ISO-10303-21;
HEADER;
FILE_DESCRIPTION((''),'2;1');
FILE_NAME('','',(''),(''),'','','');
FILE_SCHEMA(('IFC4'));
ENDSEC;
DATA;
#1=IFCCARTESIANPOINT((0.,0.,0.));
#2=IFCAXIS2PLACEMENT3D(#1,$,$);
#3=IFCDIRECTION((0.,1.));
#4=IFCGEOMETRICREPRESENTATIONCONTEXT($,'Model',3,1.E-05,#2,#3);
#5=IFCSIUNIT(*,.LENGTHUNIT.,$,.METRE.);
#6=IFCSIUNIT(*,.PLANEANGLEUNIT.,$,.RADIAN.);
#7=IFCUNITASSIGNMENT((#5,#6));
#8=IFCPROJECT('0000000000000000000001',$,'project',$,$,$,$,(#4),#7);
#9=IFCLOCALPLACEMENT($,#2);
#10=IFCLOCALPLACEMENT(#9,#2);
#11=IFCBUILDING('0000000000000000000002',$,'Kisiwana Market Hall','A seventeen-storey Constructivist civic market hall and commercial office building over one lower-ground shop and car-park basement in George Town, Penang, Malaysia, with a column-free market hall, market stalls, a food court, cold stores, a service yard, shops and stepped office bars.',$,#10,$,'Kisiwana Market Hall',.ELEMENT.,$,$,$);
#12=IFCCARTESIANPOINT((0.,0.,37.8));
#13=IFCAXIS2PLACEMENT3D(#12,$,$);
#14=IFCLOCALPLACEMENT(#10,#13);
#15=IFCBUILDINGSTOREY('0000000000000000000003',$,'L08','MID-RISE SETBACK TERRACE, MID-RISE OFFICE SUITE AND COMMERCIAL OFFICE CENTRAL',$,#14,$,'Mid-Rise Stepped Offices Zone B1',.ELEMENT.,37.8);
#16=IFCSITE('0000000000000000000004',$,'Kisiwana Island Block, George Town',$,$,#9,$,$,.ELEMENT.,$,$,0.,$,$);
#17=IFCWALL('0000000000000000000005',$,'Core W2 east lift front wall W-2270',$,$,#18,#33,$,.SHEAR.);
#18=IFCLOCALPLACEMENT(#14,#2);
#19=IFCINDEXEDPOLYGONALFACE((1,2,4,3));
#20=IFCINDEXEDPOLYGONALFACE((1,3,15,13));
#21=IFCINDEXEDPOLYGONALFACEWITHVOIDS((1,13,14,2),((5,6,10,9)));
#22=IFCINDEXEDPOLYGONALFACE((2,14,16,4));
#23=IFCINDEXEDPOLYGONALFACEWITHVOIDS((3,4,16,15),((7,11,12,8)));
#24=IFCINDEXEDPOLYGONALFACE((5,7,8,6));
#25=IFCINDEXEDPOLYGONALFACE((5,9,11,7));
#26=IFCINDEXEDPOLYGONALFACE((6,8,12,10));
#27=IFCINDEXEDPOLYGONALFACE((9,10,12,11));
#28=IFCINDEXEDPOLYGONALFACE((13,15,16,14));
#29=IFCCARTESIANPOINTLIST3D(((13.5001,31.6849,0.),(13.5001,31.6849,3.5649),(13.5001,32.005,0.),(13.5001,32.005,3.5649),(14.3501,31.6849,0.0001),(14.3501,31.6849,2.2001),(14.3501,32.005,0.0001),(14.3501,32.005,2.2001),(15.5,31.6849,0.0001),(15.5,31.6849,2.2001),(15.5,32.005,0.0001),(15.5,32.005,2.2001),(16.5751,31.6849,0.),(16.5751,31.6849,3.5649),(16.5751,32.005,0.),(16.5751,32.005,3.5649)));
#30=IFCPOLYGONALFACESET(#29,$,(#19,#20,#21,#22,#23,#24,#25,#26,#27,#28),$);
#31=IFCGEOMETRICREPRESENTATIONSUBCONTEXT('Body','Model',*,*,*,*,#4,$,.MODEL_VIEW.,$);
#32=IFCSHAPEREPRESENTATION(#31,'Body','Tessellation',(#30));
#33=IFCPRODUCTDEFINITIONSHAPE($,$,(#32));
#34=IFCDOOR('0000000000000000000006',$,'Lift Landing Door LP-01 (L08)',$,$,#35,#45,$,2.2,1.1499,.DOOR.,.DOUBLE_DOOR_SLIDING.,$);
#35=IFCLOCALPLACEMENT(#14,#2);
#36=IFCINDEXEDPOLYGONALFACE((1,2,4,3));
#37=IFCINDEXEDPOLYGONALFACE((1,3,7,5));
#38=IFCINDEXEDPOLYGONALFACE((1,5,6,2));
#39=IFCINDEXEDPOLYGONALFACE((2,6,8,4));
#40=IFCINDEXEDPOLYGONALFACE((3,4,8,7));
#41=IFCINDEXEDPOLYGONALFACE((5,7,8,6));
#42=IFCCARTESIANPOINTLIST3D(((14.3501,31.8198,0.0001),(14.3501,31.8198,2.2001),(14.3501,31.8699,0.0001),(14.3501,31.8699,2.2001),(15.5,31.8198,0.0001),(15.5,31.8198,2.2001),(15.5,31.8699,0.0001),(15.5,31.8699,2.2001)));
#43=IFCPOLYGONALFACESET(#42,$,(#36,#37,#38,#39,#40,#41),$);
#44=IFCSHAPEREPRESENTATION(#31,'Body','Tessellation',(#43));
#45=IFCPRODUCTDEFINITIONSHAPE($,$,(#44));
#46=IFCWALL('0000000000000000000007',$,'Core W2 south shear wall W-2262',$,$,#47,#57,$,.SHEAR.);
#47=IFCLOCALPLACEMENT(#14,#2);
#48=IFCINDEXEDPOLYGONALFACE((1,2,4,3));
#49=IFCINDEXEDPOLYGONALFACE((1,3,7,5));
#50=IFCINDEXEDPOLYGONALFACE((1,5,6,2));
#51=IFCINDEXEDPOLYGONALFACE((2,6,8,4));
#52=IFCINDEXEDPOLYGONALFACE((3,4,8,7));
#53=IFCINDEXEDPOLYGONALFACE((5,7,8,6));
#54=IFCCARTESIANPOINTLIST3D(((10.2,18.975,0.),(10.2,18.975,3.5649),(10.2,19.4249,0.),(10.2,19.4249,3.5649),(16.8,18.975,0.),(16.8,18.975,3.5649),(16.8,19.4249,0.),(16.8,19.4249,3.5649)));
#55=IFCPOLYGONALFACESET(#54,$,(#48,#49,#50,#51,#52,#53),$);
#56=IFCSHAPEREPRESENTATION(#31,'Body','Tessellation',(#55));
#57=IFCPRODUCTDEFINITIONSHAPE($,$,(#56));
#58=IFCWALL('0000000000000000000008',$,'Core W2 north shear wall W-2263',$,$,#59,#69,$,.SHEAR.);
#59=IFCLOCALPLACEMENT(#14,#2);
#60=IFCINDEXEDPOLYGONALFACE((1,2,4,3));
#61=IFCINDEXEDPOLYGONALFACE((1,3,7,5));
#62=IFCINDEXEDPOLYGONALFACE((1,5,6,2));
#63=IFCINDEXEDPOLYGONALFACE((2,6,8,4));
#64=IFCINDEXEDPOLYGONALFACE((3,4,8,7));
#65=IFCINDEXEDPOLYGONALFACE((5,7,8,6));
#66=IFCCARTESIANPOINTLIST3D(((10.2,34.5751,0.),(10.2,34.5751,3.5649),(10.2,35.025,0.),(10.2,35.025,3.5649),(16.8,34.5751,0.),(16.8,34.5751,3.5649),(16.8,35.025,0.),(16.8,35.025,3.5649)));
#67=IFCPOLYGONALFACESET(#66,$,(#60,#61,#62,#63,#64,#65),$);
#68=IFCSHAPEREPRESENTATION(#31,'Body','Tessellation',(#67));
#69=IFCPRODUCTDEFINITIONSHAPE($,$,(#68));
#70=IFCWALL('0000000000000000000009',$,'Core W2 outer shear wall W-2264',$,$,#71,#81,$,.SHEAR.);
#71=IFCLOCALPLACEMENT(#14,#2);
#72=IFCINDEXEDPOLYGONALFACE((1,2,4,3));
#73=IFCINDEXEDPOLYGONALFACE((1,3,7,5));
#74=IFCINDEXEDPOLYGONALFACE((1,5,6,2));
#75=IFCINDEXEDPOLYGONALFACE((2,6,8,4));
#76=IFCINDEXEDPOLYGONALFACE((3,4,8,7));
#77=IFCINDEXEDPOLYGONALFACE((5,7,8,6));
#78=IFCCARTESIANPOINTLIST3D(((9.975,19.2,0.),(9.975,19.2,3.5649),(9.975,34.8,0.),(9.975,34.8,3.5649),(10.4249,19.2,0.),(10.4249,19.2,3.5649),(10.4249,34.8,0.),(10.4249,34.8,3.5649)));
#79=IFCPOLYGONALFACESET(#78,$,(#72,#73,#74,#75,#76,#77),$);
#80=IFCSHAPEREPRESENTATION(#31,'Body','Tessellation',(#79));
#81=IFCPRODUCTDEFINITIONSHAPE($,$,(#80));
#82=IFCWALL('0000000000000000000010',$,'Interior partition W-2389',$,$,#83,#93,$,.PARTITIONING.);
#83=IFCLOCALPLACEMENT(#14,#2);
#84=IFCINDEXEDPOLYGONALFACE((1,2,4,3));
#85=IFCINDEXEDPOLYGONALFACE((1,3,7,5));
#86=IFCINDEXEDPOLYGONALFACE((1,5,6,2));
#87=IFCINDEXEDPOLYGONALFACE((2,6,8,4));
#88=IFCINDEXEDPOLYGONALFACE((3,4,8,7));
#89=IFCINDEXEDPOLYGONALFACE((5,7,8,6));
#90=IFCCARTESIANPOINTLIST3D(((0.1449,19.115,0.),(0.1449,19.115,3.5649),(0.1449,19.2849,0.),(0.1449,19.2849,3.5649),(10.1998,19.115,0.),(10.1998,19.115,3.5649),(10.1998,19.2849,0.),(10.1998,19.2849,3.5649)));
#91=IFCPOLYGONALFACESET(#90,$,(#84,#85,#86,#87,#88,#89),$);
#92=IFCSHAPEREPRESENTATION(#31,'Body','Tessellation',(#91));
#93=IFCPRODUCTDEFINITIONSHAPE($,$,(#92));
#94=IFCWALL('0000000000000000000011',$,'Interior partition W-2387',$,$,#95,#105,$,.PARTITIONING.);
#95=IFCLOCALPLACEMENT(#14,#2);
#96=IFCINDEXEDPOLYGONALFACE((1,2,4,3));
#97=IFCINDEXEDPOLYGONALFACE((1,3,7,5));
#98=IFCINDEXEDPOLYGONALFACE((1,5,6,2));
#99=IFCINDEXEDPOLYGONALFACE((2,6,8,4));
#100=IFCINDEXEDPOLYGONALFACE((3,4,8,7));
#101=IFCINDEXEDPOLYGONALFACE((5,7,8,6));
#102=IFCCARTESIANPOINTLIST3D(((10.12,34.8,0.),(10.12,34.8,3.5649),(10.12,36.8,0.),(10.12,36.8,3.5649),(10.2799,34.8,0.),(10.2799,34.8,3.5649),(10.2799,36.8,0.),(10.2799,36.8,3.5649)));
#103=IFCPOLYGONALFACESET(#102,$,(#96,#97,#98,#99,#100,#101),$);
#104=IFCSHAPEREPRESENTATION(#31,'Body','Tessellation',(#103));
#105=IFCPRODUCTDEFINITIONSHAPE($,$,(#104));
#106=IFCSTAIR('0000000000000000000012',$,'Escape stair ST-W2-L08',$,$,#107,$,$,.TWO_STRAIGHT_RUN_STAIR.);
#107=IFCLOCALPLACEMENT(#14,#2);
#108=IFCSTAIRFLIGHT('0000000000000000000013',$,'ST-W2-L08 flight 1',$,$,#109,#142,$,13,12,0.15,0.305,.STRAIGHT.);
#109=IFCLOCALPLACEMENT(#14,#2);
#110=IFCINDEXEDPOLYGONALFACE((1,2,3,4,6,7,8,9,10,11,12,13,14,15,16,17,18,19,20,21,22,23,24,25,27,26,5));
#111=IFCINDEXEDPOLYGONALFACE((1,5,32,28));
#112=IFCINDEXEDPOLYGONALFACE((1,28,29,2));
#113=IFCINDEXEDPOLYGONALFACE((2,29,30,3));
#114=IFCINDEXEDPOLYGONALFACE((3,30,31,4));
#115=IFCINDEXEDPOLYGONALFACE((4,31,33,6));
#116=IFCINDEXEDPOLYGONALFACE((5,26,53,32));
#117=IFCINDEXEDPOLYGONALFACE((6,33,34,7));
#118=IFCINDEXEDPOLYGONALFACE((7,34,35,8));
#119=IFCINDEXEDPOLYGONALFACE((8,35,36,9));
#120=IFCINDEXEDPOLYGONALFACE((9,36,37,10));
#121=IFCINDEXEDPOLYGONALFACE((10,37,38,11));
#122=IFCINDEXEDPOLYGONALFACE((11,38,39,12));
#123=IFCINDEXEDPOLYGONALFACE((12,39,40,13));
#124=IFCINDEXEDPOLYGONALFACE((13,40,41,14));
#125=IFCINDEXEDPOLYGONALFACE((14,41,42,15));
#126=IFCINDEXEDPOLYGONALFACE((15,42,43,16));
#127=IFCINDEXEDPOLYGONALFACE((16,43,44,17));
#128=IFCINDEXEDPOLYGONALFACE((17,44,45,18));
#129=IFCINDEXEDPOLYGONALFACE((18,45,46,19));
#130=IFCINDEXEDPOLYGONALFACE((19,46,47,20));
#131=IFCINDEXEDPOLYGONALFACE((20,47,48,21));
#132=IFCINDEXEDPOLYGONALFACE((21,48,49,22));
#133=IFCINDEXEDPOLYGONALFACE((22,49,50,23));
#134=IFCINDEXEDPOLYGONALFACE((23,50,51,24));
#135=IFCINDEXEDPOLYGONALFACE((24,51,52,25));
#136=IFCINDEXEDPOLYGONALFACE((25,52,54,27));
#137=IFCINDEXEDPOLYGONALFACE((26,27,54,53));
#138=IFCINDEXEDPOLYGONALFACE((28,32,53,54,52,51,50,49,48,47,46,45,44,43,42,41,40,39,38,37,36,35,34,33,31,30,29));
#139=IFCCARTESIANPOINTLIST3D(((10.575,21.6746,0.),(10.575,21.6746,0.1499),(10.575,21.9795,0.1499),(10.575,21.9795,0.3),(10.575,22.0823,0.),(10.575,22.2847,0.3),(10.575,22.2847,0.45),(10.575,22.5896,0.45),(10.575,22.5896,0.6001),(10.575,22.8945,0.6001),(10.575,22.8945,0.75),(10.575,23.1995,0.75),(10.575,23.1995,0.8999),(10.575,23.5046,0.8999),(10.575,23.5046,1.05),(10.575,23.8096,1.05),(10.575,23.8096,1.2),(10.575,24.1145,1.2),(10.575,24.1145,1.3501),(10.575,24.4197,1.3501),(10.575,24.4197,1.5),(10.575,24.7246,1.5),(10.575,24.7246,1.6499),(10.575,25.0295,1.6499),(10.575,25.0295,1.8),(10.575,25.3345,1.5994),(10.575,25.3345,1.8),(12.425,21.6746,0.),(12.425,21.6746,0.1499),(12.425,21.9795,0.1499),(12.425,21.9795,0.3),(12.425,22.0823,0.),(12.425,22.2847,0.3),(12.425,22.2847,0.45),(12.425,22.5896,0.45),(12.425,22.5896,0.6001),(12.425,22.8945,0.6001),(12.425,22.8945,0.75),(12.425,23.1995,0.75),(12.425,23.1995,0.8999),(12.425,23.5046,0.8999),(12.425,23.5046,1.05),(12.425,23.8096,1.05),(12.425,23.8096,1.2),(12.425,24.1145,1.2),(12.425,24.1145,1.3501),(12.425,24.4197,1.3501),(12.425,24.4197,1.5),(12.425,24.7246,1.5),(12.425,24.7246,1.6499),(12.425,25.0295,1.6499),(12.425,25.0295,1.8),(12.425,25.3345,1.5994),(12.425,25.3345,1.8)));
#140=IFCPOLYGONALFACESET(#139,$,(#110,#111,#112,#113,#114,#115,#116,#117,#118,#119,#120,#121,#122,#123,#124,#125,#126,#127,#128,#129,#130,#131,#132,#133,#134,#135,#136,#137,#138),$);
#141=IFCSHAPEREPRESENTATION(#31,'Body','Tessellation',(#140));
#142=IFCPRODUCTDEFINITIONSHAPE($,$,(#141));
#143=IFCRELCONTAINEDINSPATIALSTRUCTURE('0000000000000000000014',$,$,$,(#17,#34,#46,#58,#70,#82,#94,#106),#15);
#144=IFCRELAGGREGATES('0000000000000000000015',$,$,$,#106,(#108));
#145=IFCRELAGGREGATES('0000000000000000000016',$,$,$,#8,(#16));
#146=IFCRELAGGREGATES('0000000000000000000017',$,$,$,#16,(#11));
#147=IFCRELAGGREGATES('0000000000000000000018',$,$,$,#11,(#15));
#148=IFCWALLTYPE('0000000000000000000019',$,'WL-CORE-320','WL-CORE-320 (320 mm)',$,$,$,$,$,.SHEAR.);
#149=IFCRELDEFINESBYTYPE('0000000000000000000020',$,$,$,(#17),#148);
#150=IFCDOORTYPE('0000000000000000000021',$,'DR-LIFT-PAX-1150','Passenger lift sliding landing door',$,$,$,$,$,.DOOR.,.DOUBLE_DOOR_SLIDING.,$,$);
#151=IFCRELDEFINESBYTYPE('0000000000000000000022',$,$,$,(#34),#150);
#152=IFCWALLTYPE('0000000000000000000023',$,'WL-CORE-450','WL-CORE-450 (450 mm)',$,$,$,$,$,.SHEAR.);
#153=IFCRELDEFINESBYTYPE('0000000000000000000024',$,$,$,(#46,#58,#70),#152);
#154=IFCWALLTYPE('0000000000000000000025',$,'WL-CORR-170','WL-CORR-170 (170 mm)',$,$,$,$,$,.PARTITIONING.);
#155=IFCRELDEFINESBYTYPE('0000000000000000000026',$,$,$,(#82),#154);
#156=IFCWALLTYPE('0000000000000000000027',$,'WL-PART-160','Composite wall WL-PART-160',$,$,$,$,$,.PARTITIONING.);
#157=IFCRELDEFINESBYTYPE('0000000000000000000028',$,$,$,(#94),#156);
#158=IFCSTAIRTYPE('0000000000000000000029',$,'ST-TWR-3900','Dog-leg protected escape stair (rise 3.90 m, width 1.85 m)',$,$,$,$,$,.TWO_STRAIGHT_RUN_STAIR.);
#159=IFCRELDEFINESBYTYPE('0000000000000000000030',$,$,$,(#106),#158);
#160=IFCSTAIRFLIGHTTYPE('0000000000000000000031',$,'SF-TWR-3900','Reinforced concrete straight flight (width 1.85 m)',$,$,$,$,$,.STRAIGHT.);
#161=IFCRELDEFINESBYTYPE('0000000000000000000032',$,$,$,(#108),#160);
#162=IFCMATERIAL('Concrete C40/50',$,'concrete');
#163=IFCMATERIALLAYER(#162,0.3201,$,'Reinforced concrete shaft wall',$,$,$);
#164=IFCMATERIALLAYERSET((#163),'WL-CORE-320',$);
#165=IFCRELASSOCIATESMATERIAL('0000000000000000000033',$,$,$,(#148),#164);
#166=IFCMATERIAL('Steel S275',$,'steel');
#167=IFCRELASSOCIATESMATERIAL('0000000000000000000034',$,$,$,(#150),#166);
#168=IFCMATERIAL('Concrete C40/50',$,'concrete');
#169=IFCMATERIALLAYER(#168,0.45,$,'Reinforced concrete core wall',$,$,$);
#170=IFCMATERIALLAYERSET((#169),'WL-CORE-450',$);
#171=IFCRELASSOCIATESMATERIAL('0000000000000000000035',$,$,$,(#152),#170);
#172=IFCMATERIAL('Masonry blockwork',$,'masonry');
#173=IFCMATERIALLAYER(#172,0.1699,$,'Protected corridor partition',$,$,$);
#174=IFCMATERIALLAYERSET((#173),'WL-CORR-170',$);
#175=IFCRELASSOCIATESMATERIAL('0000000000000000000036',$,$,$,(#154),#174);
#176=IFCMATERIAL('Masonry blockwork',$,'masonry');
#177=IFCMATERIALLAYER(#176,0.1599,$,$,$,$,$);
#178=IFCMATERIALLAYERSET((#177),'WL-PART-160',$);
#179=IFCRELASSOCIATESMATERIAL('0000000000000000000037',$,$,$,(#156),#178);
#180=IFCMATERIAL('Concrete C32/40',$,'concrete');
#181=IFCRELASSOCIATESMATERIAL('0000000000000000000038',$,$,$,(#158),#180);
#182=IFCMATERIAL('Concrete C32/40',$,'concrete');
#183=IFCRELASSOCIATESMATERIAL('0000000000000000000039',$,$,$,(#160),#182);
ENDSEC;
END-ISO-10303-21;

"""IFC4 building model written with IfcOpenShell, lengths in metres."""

from ifc_helpers import new_model, si_unit, direction, frame, frame_2d, origin, place, context, subcontext, project, spatial, polyline, rectangle, outline, extrude, material, layer, layer_set, type_object, element, fill, aggregate, save


model = new_model("IFC4")

# Units and contexts
model_context = context("Model", 3, precision=1e-05, world=origin(), true_north=direction((0.0, 1.0)))
body_context = subcontext(model_context, "Body", "Model", "MODEL_VIEW")
ifc_project = project(units=[si_unit("LENGTHUNIT", "METRE"), si_unit("PLANEANGLEUNIT", "RADIAN")], contexts=[model_context])

# Site, building, storey
site_placement = place(None, origin())
site = spatial("IfcSite", under=ifc_project, at=site_placement, Name="Kisiwana Island Block, George Town", CompositionType="ELEMENT", RefElevation=0.0)
building_placement = place(site_placement, origin())
building = spatial("IfcBuilding", under=site, at=building_placement, Name="Kisiwana Market Hall", Description="A seventeen-storey Constructivist civic market hall and commercial office building over one lower-ground shop and car-park basement in George Town, Penang, Malaysia, with a column-free market hall, market stalls, a food court, cold stores, a service yard, shops and stepped office bars.", LongName="Kisiwana Market Hall", CompositionType="ELEMENT")
storey_placement = place(building_placement, frame((0.0, 0.0, 37.8)))
storey = spatial("IfcBuildingStorey", under=building, at=storey_placement, Name="L08", Description="MID-RISE SETBACK TERRACE, MID-RISE OFFICE SUITE AND COMMERCIAL OFFICE CENTRAL", LongName="Mid-Rise Stepped Offices Zone B1", CompositionType="ELEMENT", Elevation=37.8)

# Shared definitions
ifc_material_1 = material(Name="Concrete C40/50", Category="concrete")
ifc_layer_1 = layer(ifc_material_1, 0.3201, Name="Reinforced concrete shaft wall")
ifc_layer_set_1 = layer_set([ifc_layer_1], Name="WL-CORE-320")
wall_type_1 = type_object("IfcWallType", Name="WL-CORE-320", Description="WL-CORE-320 (320 mm)", PredefinedType="SHEAR", material=ifc_layer_set_1)

# Wall, opening, door
wall_1_placement = place(storey_placement, frame((13.5, 31.845, 0.0), z_axis=(0.0, 0.0, 1.0), x_axis=(1.0, 0.0, 0.0)))
wall_1 = element("IfcWall", 1, at=wall_1_placement, inside=storey, type_object=wall_type_1, Name="Core W2 east lift front wall W-2270", PredefinedType="SHEAR", context=body_context, shape_type="SweptSolid", body=[
    extrude(rectangle(XDim=3.075, YDim=0.3201, at=frame_2d((1.5376, 0.0))), origin(), (0.0, 0.0, 1.0), 3.5649),
])
opening_1_placement = place(wall_1_placement, frame((0.8501, 0.0, 0.0)))
opening_1 = element("IfcOpeningElement", 2, at=opening_1_placement, cuts=wall_1, PredefinedType="OPENING", context=body_context, shape_type="SweptSolid", body=[
    extrude(rectangle(XDim=1.1499, YDim=2.2, at=frame_2d((0.575, 1.1001))), frame((0.0, 0.1719, 0.0), z_axis=(0.0, -1.0, 0.0), x_axis=(1.0, 0.0, 0.0)), (0.0, 0.0, 1.0), 0.344),
])
ifc_material_2 = material(Name="Steel S275", Category="steel")
door_type_1 = type_object("IfcDoorType", Name="DR-LIFT-PAX-1150", Description="Passenger lift sliding landing door", OperationType="DOUBLE_DOOR_SLIDING", PredefinedType="DOOR", material=ifc_material_2)
door_1_placement = place(opening_1_placement, origin())
door_1 = element("IfcDoor", 3, at=door_1_placement, inside=storey, type_object=door_type_1, Name="Lift Landing Door LP-01 (L08)", OperationType="DOUBLE_DOOR_SLIDING", OverallHeight=2.2, OverallWidth=1.1499, PredefinedType="DOOR", context=body_context, shape_type="SweptSolid", body=[
    extrude(rectangle(XDim=1.1499, YDim=2.2, at=frame_2d((0.575, 1.1001))), frame((0.0, 0.0249, 0.0), z_axis=(0.0, -1.0, 0.0), x_axis=(1.0, 0.0, 0.0)), (0.0, 0.0, 1.0), 0.05),
])
fill(opening_1, door_1)

# Walls
ifc_material_3 = material(Name="Concrete C40/50", Category="concrete")
ifc_layer_2 = layer(ifc_material_3, 0.45, Name="Reinforced concrete core wall")
ifc_layer_set_2 = layer_set([ifc_layer_2], Name="WL-CORE-450")
wall_type_2 = type_object("IfcWallType", Name="WL-CORE-450", Description="WL-CORE-450 (450 mm)", PredefinedType="SHEAR", material=ifc_layer_set_2)
for number, where, z_axis, x_axis, name in (
    (4, (10.2, 19.2, 0.0), (0.0, 0.0, 1.0), (1.0, 0.0, 0.0), "Core W2 south shear wall W-2262"),
    (5, (10.2, 34.8, 0.0), (0.0, 0.0, 1.0), (1.0, 0.0, 0.0), "Core W2 north shear wall W-2263"),
):
    element("IfcWall", number, at=place(storey_placement, frame(where, z_axis=z_axis, x_axis=x_axis)), inside=storey, type_object=wall_type_2, Name=name, PredefinedType="SHEAR", context=body_context, shape_type="SweptSolid", body=[
        extrude(rectangle(XDim=6.6001, YDim=0.45, at=frame_2d((3.3, 0.0))), origin(), (0.0, 0.0, 1.0), 3.5649),
    ])
wall_2_placement = place(storey_placement, frame((10.2, 19.2, 0.0), z_axis=(0.0, 0.0, 1.0), x_axis=(0.0, 1.0, 0.0)))
element("IfcWall", 6, at=wall_2_placement, inside=storey, type_object=wall_type_2, Name="Core W2 outer shear wall W-2264", PredefinedType="SHEAR", context=body_context, shape_type="SweptSolid", body=[
    extrude(rectangle(XDim=15.6001, YDim=0.45, at=frame_2d((7.8, 0.0))), origin(), (0.0, 0.0, 1.0), 3.5649),
])
ifc_material_4 = material(Name="Masonry blockwork", Category="masonry")
ifc_layer_3 = layer(ifc_material_4, 0.1699, Name="Protected corridor partition")
ifc_layer_set_3 = layer_set([ifc_layer_3], Name="WL-CORR-170")
wall_type_3 = type_object("IfcWallType", Name="WL-CORR-170", Description="WL-CORR-170 (170 mm)", PredefinedType="PARTITIONING", material=ifc_layer_set_3)
wall_3_placement = place(storey_placement, frame((0.145, 19.2, 0.0), z_axis=(0.0, 0.0, 1.0), x_axis=(1.0, 0.0, 0.0)))
element("IfcWall", 7, at=wall_3_placement, inside=storey, type_object=wall_type_3, Name="Interior partition W-2389", PredefinedType="PARTITIONING", context=body_context, shape_type="SweptSolid", body=[
    extrude(rectangle(XDim=10.0549, YDim=0.1699, at=frame_2d((5.0273, 0.0))), origin(), (0.0, 0.0, 1.0), 3.5649),
])
ifc_material_5 = material(Name="Masonry blockwork", Category="masonry")
ifc_layer_4 = layer(ifc_material_5, 0.1599)
ifc_layer_set_4 = layer_set([ifc_layer_4], Name="WL-PART-160")
wall_type_4 = type_object("IfcWallType", Name="WL-PART-160", Description="Composite wall WL-PART-160", PredefinedType="PARTITIONING", material=ifc_layer_set_4)
wall_4_placement = place(storey_placement, frame((10.2, 34.8, 0.0), z_axis=(0.0, 0.0, 1.0), x_axis=(0.0, 1.0, 0.0)))
element("IfcWall", 8, at=wall_4_placement, inside=storey, type_object=wall_type_4, Name="Interior partition W-2387", PredefinedType="PARTITIONING", context=body_context, shape_type="SweptSolid", body=[
    extrude(rectangle(XDim=2.0, YDim=0.1599, at=frame_2d((1.0, 0.0))), origin(), (0.0, 0.0, 1.0), 3.5649),
])

# Stair, stair flight
ifc_material_6 = material(Name="Concrete C32/40", Category="concrete")
stair_type = type_object("IfcStairType", Name="ST-TWR-3900", Description="Dog-leg protected escape stair (rise 3.90 m, width 1.85 m)", PredefinedType="TWO_STRAIGHT_RUN_STAIR", material=ifc_material_6)
stair_placement = place(storey_placement, origin())
stair = element("IfcStair", 9, at=stair_placement, inside=storey, type_object=stair_type, Name="Escape stair ST-W2-L08", PredefinedType="TWO_STRAIGHT_RUN_STAIR")
ifc_material_7 = material(Name="Concrete C32/40", Category="concrete")
stair_flight_type = type_object("IfcStairFlightType", Name="SF-TWR-3900", Description="Reinforced concrete straight flight (width 1.85 m)", PredefinedType="STRAIGHT", material=ifc_material_7)
stair_flight_placement = place(storey_placement, frame((11.5, 21.6746, 0.0), z_axis=(0.0, 0.0, 1.0), x_axis=(0.0, 1.0, 0.0)))
stair_flight = element("IfcStairFlight", 10, at=stair_flight_placement, type_object=stair_flight_type, Name="ST-W2-L08 flight 1", NumberOfRisers=13, NumberOfTreads=12, PredefinedType="STRAIGHT", RiserHeight=0.15, TreadLength=0.305, context=body_context, shape_type="SweptSolid", body=[
    extrude(outline(polyline([(0.0, 0.0), (0.0, 0.1499), (0.3049, 0.1499), (0.3049, 0.3), (0.6101, 0.3), (0.6101, 0.45), (0.915, 0.45), (0.915, 0.6001), (1.22, 0.6001), (1.22, 0.75), (1.5249, 0.75), (1.5249, 0.8999), (1.8301, 0.8999), (1.8301, 1.05), (2.135, 1.05), (2.135, 1.2), (2.4399, 1.2), (2.4399, 1.3501), (2.7451, 1.3501), (2.7451, 1.5), (3.05, 1.5), (3.05, 1.6499), (3.355, 1.6499), (3.355, 1.8), (3.6599, 1.8), (3.6599, 1.95), (3.6599, 1.5994), (0.4077, 0.0), (0.0, 0.0)])), frame((0.0, 0.925, 0.0), z_axis=(0.0, -1.0, 0.0), x_axis=(1.0, 0.0, 0.0)), (0.0, 0.0, 1.0), 1.8501),
])
aggregate(stair, [stair_flight])

save(model, "model.ifc")
